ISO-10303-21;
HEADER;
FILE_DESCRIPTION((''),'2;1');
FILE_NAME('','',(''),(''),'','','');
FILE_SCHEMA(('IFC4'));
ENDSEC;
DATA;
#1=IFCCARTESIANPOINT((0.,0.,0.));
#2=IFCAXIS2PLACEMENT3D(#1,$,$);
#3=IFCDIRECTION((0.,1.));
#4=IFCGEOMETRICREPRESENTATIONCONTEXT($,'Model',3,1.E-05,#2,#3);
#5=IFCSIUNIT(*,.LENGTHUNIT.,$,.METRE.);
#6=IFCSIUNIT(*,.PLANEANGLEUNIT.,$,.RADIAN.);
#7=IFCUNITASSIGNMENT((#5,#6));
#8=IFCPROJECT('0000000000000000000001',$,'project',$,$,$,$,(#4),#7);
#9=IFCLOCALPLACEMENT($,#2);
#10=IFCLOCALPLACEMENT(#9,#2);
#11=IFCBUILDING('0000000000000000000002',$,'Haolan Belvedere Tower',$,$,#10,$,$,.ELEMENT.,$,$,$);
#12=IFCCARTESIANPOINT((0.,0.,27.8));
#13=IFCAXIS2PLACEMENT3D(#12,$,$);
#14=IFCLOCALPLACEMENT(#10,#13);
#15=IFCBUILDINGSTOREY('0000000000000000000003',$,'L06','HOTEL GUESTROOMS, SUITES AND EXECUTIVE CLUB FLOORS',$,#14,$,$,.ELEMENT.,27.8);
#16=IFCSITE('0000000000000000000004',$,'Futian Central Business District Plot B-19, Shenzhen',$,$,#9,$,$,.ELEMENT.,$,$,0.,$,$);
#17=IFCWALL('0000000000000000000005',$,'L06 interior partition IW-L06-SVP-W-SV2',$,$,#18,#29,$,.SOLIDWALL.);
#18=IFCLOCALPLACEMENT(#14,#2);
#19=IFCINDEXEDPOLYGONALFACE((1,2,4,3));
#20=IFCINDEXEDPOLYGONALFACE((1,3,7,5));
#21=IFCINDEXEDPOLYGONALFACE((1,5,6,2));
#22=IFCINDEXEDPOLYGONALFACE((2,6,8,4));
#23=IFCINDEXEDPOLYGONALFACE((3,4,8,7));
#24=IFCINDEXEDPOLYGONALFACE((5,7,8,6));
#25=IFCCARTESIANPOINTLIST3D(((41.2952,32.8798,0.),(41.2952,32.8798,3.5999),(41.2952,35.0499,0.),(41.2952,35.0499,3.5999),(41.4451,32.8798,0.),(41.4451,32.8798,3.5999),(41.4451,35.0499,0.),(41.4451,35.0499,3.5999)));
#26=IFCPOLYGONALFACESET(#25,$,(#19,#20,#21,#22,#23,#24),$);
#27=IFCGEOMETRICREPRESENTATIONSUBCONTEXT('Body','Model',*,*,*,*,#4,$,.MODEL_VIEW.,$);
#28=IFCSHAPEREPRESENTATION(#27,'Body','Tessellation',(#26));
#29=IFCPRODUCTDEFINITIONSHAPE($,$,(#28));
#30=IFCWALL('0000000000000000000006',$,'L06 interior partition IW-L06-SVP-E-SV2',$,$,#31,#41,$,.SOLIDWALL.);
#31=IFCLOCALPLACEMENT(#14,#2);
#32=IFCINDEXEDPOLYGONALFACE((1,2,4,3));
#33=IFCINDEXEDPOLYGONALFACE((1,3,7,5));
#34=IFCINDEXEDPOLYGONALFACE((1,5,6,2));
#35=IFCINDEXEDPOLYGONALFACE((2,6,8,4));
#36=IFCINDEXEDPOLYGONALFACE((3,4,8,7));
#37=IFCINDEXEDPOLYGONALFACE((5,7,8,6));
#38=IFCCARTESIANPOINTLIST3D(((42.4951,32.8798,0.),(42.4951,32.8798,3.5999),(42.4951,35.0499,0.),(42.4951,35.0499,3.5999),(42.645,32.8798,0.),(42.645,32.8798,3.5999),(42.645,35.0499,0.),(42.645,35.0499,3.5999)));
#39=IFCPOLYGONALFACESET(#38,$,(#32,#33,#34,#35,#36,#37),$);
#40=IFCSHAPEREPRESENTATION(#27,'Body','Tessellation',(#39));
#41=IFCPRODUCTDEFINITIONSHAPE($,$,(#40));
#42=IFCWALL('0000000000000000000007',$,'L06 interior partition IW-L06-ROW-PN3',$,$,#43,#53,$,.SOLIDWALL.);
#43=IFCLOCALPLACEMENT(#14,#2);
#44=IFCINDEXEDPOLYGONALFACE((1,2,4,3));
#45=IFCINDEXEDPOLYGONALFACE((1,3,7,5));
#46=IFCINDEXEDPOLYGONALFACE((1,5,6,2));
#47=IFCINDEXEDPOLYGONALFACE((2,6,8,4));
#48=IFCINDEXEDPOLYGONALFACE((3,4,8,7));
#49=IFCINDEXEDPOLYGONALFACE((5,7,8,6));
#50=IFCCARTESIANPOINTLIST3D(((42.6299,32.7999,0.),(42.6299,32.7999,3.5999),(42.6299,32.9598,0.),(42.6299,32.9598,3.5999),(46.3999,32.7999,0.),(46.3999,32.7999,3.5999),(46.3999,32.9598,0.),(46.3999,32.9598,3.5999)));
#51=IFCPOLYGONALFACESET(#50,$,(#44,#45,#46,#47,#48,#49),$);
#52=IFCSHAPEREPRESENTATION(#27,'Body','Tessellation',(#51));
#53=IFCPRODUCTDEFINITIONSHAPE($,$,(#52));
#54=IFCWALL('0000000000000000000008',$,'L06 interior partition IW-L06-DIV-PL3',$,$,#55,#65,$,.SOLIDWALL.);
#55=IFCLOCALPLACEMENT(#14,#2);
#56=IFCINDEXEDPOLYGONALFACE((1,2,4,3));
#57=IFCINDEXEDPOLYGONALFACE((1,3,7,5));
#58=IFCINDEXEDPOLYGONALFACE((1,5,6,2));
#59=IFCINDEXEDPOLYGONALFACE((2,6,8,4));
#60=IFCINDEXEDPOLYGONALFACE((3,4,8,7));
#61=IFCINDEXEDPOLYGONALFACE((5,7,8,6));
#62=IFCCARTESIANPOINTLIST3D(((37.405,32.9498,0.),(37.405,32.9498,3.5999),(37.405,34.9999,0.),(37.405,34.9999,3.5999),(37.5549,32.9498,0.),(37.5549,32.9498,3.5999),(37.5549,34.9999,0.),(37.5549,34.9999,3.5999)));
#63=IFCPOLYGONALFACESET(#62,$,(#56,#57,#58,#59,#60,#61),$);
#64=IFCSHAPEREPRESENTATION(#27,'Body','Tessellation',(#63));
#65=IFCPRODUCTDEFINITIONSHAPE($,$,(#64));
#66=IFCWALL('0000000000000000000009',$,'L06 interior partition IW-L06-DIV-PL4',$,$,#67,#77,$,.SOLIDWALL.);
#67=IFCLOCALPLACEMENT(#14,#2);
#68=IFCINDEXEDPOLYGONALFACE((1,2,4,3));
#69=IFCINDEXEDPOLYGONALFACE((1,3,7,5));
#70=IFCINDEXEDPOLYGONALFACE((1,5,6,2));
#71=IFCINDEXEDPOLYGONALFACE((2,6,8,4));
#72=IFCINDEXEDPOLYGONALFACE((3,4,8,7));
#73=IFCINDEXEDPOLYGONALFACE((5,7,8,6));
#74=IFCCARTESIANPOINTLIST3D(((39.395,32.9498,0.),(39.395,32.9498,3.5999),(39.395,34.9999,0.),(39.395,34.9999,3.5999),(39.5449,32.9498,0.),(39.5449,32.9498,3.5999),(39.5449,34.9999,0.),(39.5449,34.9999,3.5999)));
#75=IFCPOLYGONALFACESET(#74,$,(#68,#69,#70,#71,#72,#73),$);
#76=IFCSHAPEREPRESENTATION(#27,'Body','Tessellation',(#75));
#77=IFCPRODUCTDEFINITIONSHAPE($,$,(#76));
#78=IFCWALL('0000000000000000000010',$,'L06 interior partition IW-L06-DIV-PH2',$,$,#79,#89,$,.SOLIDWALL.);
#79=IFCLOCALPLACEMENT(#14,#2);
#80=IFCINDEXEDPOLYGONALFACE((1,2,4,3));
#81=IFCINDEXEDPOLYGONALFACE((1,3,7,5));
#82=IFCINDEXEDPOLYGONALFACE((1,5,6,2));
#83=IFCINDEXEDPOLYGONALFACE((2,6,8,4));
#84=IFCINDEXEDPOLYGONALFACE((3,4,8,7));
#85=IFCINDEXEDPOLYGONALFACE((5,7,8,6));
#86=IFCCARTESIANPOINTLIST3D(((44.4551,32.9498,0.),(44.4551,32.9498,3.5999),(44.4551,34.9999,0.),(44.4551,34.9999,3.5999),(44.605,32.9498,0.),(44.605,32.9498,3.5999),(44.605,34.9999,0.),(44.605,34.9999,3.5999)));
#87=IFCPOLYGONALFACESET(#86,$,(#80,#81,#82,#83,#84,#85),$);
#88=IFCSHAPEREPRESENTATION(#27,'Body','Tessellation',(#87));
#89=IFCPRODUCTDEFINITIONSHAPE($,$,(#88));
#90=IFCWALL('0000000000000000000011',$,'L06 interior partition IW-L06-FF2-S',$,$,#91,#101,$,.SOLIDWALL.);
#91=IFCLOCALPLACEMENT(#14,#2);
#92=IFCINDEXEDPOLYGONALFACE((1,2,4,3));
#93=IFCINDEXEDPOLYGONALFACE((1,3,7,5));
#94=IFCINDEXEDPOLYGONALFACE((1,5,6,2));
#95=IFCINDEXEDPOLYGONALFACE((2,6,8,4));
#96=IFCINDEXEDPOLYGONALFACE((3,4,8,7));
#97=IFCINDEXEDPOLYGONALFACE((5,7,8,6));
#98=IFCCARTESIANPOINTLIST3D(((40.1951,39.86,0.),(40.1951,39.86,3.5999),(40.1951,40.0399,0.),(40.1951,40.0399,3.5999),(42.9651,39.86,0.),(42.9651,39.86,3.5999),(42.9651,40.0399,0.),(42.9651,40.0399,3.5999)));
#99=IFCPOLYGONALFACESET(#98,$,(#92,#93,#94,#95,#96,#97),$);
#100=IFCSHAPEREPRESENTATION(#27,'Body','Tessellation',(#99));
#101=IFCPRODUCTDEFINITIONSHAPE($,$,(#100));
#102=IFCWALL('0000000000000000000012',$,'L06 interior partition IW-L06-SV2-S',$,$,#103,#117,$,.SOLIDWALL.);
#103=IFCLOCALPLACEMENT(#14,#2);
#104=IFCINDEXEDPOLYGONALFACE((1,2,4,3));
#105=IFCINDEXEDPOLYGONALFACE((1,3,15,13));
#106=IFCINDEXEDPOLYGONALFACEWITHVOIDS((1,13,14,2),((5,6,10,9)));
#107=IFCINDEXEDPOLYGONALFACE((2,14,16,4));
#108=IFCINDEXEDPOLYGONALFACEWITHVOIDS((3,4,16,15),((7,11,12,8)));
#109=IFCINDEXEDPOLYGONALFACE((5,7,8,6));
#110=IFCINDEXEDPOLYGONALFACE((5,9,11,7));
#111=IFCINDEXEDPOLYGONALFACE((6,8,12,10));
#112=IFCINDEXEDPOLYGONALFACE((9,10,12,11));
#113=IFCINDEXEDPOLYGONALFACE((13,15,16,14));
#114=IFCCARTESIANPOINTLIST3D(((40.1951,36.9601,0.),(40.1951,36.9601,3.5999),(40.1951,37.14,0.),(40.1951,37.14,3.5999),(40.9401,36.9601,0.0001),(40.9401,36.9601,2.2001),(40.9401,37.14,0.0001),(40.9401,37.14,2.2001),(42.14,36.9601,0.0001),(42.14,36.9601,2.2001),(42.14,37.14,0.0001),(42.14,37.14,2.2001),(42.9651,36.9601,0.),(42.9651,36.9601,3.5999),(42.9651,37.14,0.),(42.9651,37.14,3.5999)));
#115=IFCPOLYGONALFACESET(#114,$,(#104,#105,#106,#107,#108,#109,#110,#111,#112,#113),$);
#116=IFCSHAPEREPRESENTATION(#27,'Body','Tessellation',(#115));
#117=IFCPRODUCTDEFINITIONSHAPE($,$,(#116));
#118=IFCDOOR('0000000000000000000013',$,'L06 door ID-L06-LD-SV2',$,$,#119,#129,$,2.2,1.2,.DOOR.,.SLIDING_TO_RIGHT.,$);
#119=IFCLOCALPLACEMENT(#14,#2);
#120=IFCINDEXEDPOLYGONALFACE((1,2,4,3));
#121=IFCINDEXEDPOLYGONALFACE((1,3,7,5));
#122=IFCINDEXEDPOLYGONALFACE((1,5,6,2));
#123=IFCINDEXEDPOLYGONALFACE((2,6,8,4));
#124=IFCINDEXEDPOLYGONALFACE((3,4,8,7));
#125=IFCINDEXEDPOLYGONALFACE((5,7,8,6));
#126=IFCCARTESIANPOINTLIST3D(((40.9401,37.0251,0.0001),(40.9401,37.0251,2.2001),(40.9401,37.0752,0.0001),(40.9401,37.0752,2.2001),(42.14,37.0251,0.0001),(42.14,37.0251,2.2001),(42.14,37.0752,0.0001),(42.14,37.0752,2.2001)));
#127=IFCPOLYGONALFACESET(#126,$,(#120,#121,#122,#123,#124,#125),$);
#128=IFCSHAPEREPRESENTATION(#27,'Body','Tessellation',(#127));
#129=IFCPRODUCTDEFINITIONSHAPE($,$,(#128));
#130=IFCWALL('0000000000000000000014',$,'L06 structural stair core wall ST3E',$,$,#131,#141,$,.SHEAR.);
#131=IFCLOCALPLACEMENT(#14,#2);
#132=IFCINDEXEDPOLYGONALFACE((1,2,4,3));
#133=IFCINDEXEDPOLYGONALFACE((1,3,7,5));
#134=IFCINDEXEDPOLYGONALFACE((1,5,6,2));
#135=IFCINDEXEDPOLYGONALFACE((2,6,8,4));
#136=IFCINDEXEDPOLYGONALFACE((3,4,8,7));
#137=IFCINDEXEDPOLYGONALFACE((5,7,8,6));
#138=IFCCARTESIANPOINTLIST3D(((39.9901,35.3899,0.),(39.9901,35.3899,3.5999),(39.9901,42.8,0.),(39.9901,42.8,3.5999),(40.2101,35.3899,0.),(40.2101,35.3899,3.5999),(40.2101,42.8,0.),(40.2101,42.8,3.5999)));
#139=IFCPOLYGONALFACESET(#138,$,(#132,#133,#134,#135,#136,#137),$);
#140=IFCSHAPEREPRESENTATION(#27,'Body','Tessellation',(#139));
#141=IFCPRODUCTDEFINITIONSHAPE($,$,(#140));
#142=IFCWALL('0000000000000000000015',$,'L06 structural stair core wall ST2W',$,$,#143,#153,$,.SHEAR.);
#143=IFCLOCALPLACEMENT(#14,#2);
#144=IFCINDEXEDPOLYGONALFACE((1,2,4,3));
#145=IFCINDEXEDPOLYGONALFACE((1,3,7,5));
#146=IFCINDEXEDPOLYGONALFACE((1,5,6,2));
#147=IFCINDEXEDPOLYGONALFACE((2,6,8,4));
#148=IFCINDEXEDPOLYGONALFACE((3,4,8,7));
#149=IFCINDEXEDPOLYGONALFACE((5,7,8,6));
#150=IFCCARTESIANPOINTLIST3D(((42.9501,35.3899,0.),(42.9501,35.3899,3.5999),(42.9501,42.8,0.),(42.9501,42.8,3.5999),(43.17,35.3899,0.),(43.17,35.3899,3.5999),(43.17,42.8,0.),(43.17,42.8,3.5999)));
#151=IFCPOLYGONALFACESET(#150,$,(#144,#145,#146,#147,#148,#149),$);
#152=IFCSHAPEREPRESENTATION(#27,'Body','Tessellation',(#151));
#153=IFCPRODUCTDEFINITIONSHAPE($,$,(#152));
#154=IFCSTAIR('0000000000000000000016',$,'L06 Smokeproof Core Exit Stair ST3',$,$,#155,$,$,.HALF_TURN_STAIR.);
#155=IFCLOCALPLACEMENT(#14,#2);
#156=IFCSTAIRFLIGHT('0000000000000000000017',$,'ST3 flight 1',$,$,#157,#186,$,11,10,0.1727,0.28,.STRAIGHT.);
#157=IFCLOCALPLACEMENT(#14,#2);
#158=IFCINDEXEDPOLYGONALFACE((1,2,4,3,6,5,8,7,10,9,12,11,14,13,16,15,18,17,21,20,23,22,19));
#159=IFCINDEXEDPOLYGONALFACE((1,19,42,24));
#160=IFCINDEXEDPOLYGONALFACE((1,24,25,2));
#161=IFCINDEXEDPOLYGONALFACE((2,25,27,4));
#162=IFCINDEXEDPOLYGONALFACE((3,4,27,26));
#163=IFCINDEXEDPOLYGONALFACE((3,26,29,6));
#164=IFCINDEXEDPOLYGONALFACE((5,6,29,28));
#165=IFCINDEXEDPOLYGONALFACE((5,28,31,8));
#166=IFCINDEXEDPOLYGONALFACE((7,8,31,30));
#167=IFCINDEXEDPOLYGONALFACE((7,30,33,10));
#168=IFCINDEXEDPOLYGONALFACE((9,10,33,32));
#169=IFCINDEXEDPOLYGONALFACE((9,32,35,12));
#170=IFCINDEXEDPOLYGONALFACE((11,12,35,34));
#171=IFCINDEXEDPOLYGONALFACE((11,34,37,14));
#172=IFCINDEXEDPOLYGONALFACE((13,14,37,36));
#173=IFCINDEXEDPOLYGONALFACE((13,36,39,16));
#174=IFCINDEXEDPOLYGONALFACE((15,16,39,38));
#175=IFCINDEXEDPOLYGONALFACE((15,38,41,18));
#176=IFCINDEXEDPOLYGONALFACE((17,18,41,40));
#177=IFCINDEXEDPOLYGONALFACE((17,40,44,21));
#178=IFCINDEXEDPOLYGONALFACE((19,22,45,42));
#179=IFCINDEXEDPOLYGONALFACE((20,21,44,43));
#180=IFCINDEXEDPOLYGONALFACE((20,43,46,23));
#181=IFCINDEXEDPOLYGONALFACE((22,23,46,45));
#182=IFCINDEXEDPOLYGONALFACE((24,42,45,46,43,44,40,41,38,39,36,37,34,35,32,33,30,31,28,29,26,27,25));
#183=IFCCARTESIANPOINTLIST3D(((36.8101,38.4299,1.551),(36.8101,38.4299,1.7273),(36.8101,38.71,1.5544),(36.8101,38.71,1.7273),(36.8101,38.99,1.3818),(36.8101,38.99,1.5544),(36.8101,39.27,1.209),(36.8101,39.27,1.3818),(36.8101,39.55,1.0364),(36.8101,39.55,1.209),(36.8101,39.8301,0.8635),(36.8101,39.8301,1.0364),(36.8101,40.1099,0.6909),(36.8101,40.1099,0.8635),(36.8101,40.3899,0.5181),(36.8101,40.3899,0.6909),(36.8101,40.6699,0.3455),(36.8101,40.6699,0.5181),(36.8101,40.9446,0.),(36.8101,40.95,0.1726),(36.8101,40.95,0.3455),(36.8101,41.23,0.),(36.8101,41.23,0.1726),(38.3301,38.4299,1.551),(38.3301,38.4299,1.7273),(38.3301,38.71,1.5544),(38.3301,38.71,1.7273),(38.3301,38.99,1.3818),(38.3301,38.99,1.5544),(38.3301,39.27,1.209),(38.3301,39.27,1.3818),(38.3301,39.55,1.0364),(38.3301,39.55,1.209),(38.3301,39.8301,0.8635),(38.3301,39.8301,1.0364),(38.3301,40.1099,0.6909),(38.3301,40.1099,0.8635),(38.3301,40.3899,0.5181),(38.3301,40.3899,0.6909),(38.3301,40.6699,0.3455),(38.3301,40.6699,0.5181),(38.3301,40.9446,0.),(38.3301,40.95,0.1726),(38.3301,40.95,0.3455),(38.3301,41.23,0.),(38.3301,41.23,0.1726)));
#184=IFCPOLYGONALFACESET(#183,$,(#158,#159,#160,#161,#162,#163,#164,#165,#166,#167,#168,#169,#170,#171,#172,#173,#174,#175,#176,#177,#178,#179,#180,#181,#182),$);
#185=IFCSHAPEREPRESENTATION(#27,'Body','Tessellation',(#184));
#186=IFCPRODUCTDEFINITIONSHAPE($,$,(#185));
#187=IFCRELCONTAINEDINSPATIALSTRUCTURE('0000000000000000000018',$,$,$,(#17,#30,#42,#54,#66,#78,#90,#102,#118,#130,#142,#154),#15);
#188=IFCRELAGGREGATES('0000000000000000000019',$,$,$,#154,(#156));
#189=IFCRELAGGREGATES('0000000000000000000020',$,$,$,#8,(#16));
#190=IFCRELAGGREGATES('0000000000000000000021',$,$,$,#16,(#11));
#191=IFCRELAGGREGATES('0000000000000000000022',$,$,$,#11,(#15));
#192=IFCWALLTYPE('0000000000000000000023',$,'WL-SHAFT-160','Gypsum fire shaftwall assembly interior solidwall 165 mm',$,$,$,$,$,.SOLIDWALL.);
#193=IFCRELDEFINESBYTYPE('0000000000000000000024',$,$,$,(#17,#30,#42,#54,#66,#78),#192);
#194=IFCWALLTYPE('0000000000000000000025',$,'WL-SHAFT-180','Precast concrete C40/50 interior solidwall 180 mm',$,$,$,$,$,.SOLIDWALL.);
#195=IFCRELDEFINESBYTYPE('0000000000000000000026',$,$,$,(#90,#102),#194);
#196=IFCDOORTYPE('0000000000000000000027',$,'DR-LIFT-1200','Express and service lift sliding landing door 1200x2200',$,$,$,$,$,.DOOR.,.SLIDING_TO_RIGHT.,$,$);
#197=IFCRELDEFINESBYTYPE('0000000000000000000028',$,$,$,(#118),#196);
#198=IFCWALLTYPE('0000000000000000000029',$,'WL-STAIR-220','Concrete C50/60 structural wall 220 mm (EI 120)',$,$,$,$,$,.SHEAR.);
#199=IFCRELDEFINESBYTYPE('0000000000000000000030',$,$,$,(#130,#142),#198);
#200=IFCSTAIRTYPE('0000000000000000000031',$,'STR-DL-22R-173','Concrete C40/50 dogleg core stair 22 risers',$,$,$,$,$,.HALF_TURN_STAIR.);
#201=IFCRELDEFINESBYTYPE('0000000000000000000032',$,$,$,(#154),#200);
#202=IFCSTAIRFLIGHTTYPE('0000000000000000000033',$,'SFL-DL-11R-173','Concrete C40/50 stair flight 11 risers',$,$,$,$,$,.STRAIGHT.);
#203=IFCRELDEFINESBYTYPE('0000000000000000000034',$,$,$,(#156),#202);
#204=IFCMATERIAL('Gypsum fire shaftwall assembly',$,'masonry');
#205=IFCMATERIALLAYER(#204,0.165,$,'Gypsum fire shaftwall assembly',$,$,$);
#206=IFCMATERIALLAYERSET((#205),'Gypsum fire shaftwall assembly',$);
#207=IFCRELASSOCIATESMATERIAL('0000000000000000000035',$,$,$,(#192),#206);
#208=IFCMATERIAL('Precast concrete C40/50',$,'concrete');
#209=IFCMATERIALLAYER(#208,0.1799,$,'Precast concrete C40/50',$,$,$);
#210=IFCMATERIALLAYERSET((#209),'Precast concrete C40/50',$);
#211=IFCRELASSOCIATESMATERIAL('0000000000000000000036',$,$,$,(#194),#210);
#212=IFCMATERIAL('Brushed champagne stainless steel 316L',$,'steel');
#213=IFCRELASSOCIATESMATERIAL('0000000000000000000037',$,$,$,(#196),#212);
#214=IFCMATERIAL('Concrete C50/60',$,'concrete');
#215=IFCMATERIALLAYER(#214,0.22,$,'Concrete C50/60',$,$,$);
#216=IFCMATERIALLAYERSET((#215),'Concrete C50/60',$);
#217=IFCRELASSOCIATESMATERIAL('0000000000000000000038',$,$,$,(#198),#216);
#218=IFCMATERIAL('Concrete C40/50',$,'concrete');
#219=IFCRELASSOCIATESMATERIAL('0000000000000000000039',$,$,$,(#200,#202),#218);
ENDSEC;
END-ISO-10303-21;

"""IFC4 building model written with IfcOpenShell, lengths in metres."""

from ifc_helpers import new_model, si_unit, direction, frame, frame_2d, origin, place, context, subcontext, project, spatial, polyline, rectangle, outline, extrude, material, layer, layer_set, type_object, element, fill, aggregate, save


model = new_model("IFC4")

# Units and contexts
model_context = context("Model", 3, precision=1e-05, world=origin(), true_north=direction((0.0, 1.0)))
body_context = subcontext(model_context, "Body", "Model", "MODEL_VIEW")
ifc_project = project(units=[si_unit("LENGTHUNIT", "METRE"), si_unit("PLANEANGLEUNIT", "RADIAN")], contexts=[model_context])

# Site, building, storey
site_placement = place(None, origin())
site = spatial("IfcSite", under=ifc_project, at=site_placement, Name="Futian Central Business District Plot B-19, Shenzhen", CompositionType="ELEMENT", RefElevation=0.0)
building_placement = place(site_placement, origin())
building = spatial("IfcBuilding", under=site, at=building_placement, Name="Haolan Belvedere Tower", CompositionType="ELEMENT")
storey_placement = place(building_placement, frame((0.0, 0.0, 27.8)))
storey = spatial("IfcBuildingStorey", under=building, at=storey_placement, Name="L06", Description="HOTEL GUESTROOMS, SUITES AND EXECUTIVE CLUB FLOORS", CompositionType="ELEMENT", Elevation=27.8)

# Walls
ifc_material_1 = material(Name="Gypsum fire shaftwall assembly", Category="masonry")
ifc_layer_1 = layer(ifc_material_1, 0.165, Name="Gypsum fire shaftwall assembly")
ifc_layer_set_1 = layer_set([ifc_layer_1], Name="Gypsum fire shaftwall assembly")
wall_type_1 = type_object("IfcWallType", Name="WL-SHAFT-160", Description="Gypsum fire shaftwall assembly interior solidwall 165 mm", PredefinedType="SOLIDWALL", material=ifc_layer_set_1)
for number, where, z_axis, x_axis, name in (
    (1, (41.3701, 32.8799, 0.0), (0.0, 0.0, 1.0), (0.0, 1.0, 0.0), "L06 interior partition IW-L06-SVP-W-SV2"),
    (2, (42.5701, 32.8799, 0.0), (0.0, 0.0, 1.0), (0.0, 1.0, 0.0), "L06 interior partition IW-L06-SVP-E-SV2"),
):
    element("IfcWall", number, at=place(storey_placement, frame(where, z_axis=z_axis, x_axis=x_axis)), inside=storey, type_object=wall_type_1, Name=name, PredefinedType="SOLIDWALL", context=body_context, shape_type="SweptSolid", body=[
        extrude(rectangle(XDim=2.1702, YDim=0.1499, at=frame_2d((1.085, 0.0))), origin(), (0.0, 0.0, 1.0), 3.5999),
    ])
wall_1_placement = place(storey_placement, frame((42.6299, 32.8799, 0.0), z_axis=(0.0, 0.0, 1.0), x_axis=(1.0, 0.0, 0.0)))
element("IfcWall", 3, at=wall_1_placement, inside=storey, type_object=wall_type_1, Name="L06 interior partition IW-L06-ROW-PN3", PredefinedType="SOLIDWALL", context=body_context, shape_type="SweptSolid", body=[
    extrude(rectangle(XDim=3.77, YDim=0.1599, at=frame_2d((1.885, 0.0))), origin(), (0.0, 0.0, 1.0), 3.5999),
])
for number, where, z_axis, x_axis, name in (
    (4, (37.48, 32.95, 0.0), (0.0, 0.0, 1.0), (0.0, 1.0, 0.0), "L06 interior partition IW-L06-DIV-PL3"),
    (5, (39.47, 32.95, 0.0), (0.0, 0.0, 1.0), (0.0, 1.0, 0.0), "L06 interior partition IW-L06-DIV-PL4"),
    (6, (44.53, 32.95, 0.0), (0.0, 0.0, 1.0), (0.0, 1.0, 0.0), "L06 interior partition IW-L06-DIV-PH2"),
):
    element("IfcWall", number, at=place(storey_placement, frame(where, z_axis=z_axis, x_axis=x_axis)), inside=storey, type_object=wall_type_1, Name=name, PredefinedType="SOLIDWALL", context=body_context, shape_type="SweptSolid", body=[
        extrude(rectangle(XDim=2.05, YDim=0.1499, at=frame_2d((1.0249, 0.0))), origin(), (0.0, 0.0, 1.0), 3.5999),
    ])
ifc_material_2 = material(Name="Precast concrete C40/50", Category="concrete")
ifc_layer_2 = layer(ifc_material_2, 0.1799, Name="Precast concrete C40/50")
ifc_layer_set_2 = layer_set([ifc_layer_2], Name="Precast concrete C40/50")
wall_type_2 = type_object("IfcWallType", Name="WL-SHAFT-180", Description="Precast concrete C40/50 interior solidwall 180 mm", PredefinedType="SOLIDWALL", material=ifc_layer_set_2)
wall_2_placement = place(storey_placement, frame((40.1951, 39.95, 0.0), z_axis=(0.0, 0.0, 1.0), x_axis=(1.0, 0.0, 0.0)))
element("IfcWall", 7, at=wall_2_placement, inside=storey, type_object=wall_type_2, Name="L06 interior partition IW-L06-FF2-S", PredefinedType="SOLIDWALL", context=body_context, shape_type="SweptSolid", body=[
    extrude(rectangle(XDim=2.77, YDim=0.1799, at=frame_2d((1.385, 0.0))), origin(), (0.0, 0.0, 1.0), 3.5999),
])

# Wall, opening, door
wall_3_placement = place(storey_placement, frame((40.1951, 37.05, 0.0), z_axis=(0.0, 0.0, 1.0), x_axis=(1.0, 0.0, 0.0)))
wall_3 = element("IfcWall", 8, at=wall_3_placement, inside=storey, type_object=wall_type_2, Name="L06 interior partition IW-L06-SV2-S", PredefinedType="SOLIDWALL", context=body_context, shape_type="SweptSolid", body=[
    extrude(rectangle(XDim=2.77, YDim=0.1799, at=frame_2d((1.385, 0.0))), origin(), (0.0, 0.0, 1.0), 3.5999),
])
opening_placement = place(wall_3_placement, frame((1.9451, 0.0, 0.0), z_axis=(0.0, 0.0, 1.0), x_axis=(-1.0, 0.0, 0.0)))
opening = element("IfcOpeningElement", 9, at=opening_placement, cuts=wall_3, PredefinedType="OPENING", context=body_context, shape_type="SweptSolid", body=[
    extrude(rectangle(XDim=1.2, YDim=2.2, at=frame_2d((0.6001, 1.1001))), frame((0.0, 0.0999, 0.0), z_axis=(0.0, -1.0, 0.0), x_axis=(1.0, 0.0, 0.0)), (0.0, 0.0, 1.0), 0.2),
])
ifc_material_3 = material(Name="Brushed champagne stainless steel 316L", Category="steel")
door_type = type_object("IfcDoorType", Name="DR-LIFT-1200", Description="Express and service lift sliding landing door 1200x2200", OperationType="SLIDING_TO_RIGHT", PredefinedType="DOOR", material=ifc_material_3)
door_placement = place(opening_placement, origin())
door = element("IfcDoor", 10, at=door_placement, inside=storey, type_object=door_type, Name="L06 door ID-L06-LD-SV2", OperationType="SLIDING_TO_RIGHT", OverallHeight=2.2, OverallWidth=1.2, PredefinedType="DOOR", context=body_context, shape_type="SweptSolid", body=[
    extrude(rectangle(XDim=1.2, YDim=2.2, at=frame_2d((0.6001, 1.1001))), frame((0.0, 0.0249, 0.0), z_axis=(0.0, -1.0, 0.0), x_axis=(1.0, 0.0, 0.0)), (0.0, 0.0, 1.0), 0.05),
])
fill(opening, door)

# Walls
ifc_material_4 = material(Name="Concrete C50/60", Category="concrete")
ifc_layer_3 = layer(ifc_material_4, 0.22, Name="Concrete C50/60")
ifc_layer_set_3 = layer_set([ifc_layer_3], Name="Concrete C50/60")
wall_type_3 = type_object("IfcWallType", Name="WL-STAIR-220", Description="Concrete C50/60 structural wall 220 mm (EI 120)", PredefinedType="SHEAR", material=ifc_layer_set_3)
for number, where, z_axis, x_axis, name in (
    (11, (40.1001, 35.3899, 0.0), (0.0, 0.0, 1.0), (0.0, 1.0, 0.0), "L06 structural stair core wall ST3E"),
    (12, (43.0601, 35.3899, 0.0), (0.0, 0.0, 1.0), (0.0, 1.0, 0.0), "L06 structural stair core wall ST2W"),
):
    element("IfcWall", number, at=place(storey_placement, frame(where, z_axis=z_axis, x_axis=x_axis)), inside=storey, type_object=wall_type_3, Name=name, PredefinedType="SHEAR", context=body_context, shape_type="SweptSolid", body=[
        extrude(rectangle(XDim=7.4102, YDim=0.22, at=frame_2d((3.7051, 0.0))), origin(), (0.0, 0.0, 1.0), 3.5999),
    ])

# Stair, stair flight
ifc_material_5 = material(Name="Concrete C40/50", Category="concrete")
stair_type = type_object("IfcStairType", Name="STR-DL-22R-173", Description="Concrete C40/50 dogleg core stair 22 risers", PredefinedType="HALF_TURN_STAIR", material=ifc_material_5)
stair_1_placement = place(storey_placement, origin())
stair_1 = element("IfcStair", 13, at=stair_1_placement, inside=storey, type_object=stair_type, Name="L06 Smokeproof Core Exit Stair ST3", PredefinedType="HALF_TURN_STAIR")
stair_flight_type = type_object("IfcStairFlightType", Name="SFL-DL-11R-173", Description="Concrete C40/50 stair flight 11 risers", PredefinedType="STRAIGHT", material=ifc_material_5)
stair_flight_1_placement = place(storey_placement, frame((37.5701, 41.23, 0.0), z_axis=(0.0, 0.0, 1.0), x_axis=(0.0, -1.0, 0.0)))
stair_flight_1 = element("IfcStairFlight", 14, at=stair_flight_1_placement, type_object=stair_flight_type, Name="ST3 flight 1", NumberOfRisers=11, NumberOfTreads=10, PredefinedType="STRAIGHT", RiserHeight=0.1727, TreadLength=0.28, context=body_context, shape_type="SweptSolid", body=[
    extrude(outline(polyline([(0.0, 0.0), (0.0, 0.1726), (0.28, 0.1726), (0.28, 0.3455), (0.5601, 0.3455), (0.5601, 0.5181), (0.8401, 0.5181), (0.8401, 0.6909), (1.1201, 0.6909), (1.1201, 0.8635), (1.3999, 0.8635), (1.3999, 1.0364), (1.6799, 1.0364), (1.6799, 1.209), (1.96, 1.209), (1.96, 1.3818), (2.24, 1.3818), (2.24, 1.5544), (2.52, 1.5544), (2.52, 1.7273), (2.8, 1.7273), (2.8, 1.8999), (2.8, 1.551), (0.2854, 0.0), (0.0, 0.0)])), frame((0.0, 0.76, 0.0), z_axis=(0.0, -1.0, 0.0), x_axis=(1.0, 0.0, 0.0)), (0.0, 0.0, 1.0), 1.52),
])
aggregate(stair_1, [stair_flight_1])

save(model, "model.ifc")
